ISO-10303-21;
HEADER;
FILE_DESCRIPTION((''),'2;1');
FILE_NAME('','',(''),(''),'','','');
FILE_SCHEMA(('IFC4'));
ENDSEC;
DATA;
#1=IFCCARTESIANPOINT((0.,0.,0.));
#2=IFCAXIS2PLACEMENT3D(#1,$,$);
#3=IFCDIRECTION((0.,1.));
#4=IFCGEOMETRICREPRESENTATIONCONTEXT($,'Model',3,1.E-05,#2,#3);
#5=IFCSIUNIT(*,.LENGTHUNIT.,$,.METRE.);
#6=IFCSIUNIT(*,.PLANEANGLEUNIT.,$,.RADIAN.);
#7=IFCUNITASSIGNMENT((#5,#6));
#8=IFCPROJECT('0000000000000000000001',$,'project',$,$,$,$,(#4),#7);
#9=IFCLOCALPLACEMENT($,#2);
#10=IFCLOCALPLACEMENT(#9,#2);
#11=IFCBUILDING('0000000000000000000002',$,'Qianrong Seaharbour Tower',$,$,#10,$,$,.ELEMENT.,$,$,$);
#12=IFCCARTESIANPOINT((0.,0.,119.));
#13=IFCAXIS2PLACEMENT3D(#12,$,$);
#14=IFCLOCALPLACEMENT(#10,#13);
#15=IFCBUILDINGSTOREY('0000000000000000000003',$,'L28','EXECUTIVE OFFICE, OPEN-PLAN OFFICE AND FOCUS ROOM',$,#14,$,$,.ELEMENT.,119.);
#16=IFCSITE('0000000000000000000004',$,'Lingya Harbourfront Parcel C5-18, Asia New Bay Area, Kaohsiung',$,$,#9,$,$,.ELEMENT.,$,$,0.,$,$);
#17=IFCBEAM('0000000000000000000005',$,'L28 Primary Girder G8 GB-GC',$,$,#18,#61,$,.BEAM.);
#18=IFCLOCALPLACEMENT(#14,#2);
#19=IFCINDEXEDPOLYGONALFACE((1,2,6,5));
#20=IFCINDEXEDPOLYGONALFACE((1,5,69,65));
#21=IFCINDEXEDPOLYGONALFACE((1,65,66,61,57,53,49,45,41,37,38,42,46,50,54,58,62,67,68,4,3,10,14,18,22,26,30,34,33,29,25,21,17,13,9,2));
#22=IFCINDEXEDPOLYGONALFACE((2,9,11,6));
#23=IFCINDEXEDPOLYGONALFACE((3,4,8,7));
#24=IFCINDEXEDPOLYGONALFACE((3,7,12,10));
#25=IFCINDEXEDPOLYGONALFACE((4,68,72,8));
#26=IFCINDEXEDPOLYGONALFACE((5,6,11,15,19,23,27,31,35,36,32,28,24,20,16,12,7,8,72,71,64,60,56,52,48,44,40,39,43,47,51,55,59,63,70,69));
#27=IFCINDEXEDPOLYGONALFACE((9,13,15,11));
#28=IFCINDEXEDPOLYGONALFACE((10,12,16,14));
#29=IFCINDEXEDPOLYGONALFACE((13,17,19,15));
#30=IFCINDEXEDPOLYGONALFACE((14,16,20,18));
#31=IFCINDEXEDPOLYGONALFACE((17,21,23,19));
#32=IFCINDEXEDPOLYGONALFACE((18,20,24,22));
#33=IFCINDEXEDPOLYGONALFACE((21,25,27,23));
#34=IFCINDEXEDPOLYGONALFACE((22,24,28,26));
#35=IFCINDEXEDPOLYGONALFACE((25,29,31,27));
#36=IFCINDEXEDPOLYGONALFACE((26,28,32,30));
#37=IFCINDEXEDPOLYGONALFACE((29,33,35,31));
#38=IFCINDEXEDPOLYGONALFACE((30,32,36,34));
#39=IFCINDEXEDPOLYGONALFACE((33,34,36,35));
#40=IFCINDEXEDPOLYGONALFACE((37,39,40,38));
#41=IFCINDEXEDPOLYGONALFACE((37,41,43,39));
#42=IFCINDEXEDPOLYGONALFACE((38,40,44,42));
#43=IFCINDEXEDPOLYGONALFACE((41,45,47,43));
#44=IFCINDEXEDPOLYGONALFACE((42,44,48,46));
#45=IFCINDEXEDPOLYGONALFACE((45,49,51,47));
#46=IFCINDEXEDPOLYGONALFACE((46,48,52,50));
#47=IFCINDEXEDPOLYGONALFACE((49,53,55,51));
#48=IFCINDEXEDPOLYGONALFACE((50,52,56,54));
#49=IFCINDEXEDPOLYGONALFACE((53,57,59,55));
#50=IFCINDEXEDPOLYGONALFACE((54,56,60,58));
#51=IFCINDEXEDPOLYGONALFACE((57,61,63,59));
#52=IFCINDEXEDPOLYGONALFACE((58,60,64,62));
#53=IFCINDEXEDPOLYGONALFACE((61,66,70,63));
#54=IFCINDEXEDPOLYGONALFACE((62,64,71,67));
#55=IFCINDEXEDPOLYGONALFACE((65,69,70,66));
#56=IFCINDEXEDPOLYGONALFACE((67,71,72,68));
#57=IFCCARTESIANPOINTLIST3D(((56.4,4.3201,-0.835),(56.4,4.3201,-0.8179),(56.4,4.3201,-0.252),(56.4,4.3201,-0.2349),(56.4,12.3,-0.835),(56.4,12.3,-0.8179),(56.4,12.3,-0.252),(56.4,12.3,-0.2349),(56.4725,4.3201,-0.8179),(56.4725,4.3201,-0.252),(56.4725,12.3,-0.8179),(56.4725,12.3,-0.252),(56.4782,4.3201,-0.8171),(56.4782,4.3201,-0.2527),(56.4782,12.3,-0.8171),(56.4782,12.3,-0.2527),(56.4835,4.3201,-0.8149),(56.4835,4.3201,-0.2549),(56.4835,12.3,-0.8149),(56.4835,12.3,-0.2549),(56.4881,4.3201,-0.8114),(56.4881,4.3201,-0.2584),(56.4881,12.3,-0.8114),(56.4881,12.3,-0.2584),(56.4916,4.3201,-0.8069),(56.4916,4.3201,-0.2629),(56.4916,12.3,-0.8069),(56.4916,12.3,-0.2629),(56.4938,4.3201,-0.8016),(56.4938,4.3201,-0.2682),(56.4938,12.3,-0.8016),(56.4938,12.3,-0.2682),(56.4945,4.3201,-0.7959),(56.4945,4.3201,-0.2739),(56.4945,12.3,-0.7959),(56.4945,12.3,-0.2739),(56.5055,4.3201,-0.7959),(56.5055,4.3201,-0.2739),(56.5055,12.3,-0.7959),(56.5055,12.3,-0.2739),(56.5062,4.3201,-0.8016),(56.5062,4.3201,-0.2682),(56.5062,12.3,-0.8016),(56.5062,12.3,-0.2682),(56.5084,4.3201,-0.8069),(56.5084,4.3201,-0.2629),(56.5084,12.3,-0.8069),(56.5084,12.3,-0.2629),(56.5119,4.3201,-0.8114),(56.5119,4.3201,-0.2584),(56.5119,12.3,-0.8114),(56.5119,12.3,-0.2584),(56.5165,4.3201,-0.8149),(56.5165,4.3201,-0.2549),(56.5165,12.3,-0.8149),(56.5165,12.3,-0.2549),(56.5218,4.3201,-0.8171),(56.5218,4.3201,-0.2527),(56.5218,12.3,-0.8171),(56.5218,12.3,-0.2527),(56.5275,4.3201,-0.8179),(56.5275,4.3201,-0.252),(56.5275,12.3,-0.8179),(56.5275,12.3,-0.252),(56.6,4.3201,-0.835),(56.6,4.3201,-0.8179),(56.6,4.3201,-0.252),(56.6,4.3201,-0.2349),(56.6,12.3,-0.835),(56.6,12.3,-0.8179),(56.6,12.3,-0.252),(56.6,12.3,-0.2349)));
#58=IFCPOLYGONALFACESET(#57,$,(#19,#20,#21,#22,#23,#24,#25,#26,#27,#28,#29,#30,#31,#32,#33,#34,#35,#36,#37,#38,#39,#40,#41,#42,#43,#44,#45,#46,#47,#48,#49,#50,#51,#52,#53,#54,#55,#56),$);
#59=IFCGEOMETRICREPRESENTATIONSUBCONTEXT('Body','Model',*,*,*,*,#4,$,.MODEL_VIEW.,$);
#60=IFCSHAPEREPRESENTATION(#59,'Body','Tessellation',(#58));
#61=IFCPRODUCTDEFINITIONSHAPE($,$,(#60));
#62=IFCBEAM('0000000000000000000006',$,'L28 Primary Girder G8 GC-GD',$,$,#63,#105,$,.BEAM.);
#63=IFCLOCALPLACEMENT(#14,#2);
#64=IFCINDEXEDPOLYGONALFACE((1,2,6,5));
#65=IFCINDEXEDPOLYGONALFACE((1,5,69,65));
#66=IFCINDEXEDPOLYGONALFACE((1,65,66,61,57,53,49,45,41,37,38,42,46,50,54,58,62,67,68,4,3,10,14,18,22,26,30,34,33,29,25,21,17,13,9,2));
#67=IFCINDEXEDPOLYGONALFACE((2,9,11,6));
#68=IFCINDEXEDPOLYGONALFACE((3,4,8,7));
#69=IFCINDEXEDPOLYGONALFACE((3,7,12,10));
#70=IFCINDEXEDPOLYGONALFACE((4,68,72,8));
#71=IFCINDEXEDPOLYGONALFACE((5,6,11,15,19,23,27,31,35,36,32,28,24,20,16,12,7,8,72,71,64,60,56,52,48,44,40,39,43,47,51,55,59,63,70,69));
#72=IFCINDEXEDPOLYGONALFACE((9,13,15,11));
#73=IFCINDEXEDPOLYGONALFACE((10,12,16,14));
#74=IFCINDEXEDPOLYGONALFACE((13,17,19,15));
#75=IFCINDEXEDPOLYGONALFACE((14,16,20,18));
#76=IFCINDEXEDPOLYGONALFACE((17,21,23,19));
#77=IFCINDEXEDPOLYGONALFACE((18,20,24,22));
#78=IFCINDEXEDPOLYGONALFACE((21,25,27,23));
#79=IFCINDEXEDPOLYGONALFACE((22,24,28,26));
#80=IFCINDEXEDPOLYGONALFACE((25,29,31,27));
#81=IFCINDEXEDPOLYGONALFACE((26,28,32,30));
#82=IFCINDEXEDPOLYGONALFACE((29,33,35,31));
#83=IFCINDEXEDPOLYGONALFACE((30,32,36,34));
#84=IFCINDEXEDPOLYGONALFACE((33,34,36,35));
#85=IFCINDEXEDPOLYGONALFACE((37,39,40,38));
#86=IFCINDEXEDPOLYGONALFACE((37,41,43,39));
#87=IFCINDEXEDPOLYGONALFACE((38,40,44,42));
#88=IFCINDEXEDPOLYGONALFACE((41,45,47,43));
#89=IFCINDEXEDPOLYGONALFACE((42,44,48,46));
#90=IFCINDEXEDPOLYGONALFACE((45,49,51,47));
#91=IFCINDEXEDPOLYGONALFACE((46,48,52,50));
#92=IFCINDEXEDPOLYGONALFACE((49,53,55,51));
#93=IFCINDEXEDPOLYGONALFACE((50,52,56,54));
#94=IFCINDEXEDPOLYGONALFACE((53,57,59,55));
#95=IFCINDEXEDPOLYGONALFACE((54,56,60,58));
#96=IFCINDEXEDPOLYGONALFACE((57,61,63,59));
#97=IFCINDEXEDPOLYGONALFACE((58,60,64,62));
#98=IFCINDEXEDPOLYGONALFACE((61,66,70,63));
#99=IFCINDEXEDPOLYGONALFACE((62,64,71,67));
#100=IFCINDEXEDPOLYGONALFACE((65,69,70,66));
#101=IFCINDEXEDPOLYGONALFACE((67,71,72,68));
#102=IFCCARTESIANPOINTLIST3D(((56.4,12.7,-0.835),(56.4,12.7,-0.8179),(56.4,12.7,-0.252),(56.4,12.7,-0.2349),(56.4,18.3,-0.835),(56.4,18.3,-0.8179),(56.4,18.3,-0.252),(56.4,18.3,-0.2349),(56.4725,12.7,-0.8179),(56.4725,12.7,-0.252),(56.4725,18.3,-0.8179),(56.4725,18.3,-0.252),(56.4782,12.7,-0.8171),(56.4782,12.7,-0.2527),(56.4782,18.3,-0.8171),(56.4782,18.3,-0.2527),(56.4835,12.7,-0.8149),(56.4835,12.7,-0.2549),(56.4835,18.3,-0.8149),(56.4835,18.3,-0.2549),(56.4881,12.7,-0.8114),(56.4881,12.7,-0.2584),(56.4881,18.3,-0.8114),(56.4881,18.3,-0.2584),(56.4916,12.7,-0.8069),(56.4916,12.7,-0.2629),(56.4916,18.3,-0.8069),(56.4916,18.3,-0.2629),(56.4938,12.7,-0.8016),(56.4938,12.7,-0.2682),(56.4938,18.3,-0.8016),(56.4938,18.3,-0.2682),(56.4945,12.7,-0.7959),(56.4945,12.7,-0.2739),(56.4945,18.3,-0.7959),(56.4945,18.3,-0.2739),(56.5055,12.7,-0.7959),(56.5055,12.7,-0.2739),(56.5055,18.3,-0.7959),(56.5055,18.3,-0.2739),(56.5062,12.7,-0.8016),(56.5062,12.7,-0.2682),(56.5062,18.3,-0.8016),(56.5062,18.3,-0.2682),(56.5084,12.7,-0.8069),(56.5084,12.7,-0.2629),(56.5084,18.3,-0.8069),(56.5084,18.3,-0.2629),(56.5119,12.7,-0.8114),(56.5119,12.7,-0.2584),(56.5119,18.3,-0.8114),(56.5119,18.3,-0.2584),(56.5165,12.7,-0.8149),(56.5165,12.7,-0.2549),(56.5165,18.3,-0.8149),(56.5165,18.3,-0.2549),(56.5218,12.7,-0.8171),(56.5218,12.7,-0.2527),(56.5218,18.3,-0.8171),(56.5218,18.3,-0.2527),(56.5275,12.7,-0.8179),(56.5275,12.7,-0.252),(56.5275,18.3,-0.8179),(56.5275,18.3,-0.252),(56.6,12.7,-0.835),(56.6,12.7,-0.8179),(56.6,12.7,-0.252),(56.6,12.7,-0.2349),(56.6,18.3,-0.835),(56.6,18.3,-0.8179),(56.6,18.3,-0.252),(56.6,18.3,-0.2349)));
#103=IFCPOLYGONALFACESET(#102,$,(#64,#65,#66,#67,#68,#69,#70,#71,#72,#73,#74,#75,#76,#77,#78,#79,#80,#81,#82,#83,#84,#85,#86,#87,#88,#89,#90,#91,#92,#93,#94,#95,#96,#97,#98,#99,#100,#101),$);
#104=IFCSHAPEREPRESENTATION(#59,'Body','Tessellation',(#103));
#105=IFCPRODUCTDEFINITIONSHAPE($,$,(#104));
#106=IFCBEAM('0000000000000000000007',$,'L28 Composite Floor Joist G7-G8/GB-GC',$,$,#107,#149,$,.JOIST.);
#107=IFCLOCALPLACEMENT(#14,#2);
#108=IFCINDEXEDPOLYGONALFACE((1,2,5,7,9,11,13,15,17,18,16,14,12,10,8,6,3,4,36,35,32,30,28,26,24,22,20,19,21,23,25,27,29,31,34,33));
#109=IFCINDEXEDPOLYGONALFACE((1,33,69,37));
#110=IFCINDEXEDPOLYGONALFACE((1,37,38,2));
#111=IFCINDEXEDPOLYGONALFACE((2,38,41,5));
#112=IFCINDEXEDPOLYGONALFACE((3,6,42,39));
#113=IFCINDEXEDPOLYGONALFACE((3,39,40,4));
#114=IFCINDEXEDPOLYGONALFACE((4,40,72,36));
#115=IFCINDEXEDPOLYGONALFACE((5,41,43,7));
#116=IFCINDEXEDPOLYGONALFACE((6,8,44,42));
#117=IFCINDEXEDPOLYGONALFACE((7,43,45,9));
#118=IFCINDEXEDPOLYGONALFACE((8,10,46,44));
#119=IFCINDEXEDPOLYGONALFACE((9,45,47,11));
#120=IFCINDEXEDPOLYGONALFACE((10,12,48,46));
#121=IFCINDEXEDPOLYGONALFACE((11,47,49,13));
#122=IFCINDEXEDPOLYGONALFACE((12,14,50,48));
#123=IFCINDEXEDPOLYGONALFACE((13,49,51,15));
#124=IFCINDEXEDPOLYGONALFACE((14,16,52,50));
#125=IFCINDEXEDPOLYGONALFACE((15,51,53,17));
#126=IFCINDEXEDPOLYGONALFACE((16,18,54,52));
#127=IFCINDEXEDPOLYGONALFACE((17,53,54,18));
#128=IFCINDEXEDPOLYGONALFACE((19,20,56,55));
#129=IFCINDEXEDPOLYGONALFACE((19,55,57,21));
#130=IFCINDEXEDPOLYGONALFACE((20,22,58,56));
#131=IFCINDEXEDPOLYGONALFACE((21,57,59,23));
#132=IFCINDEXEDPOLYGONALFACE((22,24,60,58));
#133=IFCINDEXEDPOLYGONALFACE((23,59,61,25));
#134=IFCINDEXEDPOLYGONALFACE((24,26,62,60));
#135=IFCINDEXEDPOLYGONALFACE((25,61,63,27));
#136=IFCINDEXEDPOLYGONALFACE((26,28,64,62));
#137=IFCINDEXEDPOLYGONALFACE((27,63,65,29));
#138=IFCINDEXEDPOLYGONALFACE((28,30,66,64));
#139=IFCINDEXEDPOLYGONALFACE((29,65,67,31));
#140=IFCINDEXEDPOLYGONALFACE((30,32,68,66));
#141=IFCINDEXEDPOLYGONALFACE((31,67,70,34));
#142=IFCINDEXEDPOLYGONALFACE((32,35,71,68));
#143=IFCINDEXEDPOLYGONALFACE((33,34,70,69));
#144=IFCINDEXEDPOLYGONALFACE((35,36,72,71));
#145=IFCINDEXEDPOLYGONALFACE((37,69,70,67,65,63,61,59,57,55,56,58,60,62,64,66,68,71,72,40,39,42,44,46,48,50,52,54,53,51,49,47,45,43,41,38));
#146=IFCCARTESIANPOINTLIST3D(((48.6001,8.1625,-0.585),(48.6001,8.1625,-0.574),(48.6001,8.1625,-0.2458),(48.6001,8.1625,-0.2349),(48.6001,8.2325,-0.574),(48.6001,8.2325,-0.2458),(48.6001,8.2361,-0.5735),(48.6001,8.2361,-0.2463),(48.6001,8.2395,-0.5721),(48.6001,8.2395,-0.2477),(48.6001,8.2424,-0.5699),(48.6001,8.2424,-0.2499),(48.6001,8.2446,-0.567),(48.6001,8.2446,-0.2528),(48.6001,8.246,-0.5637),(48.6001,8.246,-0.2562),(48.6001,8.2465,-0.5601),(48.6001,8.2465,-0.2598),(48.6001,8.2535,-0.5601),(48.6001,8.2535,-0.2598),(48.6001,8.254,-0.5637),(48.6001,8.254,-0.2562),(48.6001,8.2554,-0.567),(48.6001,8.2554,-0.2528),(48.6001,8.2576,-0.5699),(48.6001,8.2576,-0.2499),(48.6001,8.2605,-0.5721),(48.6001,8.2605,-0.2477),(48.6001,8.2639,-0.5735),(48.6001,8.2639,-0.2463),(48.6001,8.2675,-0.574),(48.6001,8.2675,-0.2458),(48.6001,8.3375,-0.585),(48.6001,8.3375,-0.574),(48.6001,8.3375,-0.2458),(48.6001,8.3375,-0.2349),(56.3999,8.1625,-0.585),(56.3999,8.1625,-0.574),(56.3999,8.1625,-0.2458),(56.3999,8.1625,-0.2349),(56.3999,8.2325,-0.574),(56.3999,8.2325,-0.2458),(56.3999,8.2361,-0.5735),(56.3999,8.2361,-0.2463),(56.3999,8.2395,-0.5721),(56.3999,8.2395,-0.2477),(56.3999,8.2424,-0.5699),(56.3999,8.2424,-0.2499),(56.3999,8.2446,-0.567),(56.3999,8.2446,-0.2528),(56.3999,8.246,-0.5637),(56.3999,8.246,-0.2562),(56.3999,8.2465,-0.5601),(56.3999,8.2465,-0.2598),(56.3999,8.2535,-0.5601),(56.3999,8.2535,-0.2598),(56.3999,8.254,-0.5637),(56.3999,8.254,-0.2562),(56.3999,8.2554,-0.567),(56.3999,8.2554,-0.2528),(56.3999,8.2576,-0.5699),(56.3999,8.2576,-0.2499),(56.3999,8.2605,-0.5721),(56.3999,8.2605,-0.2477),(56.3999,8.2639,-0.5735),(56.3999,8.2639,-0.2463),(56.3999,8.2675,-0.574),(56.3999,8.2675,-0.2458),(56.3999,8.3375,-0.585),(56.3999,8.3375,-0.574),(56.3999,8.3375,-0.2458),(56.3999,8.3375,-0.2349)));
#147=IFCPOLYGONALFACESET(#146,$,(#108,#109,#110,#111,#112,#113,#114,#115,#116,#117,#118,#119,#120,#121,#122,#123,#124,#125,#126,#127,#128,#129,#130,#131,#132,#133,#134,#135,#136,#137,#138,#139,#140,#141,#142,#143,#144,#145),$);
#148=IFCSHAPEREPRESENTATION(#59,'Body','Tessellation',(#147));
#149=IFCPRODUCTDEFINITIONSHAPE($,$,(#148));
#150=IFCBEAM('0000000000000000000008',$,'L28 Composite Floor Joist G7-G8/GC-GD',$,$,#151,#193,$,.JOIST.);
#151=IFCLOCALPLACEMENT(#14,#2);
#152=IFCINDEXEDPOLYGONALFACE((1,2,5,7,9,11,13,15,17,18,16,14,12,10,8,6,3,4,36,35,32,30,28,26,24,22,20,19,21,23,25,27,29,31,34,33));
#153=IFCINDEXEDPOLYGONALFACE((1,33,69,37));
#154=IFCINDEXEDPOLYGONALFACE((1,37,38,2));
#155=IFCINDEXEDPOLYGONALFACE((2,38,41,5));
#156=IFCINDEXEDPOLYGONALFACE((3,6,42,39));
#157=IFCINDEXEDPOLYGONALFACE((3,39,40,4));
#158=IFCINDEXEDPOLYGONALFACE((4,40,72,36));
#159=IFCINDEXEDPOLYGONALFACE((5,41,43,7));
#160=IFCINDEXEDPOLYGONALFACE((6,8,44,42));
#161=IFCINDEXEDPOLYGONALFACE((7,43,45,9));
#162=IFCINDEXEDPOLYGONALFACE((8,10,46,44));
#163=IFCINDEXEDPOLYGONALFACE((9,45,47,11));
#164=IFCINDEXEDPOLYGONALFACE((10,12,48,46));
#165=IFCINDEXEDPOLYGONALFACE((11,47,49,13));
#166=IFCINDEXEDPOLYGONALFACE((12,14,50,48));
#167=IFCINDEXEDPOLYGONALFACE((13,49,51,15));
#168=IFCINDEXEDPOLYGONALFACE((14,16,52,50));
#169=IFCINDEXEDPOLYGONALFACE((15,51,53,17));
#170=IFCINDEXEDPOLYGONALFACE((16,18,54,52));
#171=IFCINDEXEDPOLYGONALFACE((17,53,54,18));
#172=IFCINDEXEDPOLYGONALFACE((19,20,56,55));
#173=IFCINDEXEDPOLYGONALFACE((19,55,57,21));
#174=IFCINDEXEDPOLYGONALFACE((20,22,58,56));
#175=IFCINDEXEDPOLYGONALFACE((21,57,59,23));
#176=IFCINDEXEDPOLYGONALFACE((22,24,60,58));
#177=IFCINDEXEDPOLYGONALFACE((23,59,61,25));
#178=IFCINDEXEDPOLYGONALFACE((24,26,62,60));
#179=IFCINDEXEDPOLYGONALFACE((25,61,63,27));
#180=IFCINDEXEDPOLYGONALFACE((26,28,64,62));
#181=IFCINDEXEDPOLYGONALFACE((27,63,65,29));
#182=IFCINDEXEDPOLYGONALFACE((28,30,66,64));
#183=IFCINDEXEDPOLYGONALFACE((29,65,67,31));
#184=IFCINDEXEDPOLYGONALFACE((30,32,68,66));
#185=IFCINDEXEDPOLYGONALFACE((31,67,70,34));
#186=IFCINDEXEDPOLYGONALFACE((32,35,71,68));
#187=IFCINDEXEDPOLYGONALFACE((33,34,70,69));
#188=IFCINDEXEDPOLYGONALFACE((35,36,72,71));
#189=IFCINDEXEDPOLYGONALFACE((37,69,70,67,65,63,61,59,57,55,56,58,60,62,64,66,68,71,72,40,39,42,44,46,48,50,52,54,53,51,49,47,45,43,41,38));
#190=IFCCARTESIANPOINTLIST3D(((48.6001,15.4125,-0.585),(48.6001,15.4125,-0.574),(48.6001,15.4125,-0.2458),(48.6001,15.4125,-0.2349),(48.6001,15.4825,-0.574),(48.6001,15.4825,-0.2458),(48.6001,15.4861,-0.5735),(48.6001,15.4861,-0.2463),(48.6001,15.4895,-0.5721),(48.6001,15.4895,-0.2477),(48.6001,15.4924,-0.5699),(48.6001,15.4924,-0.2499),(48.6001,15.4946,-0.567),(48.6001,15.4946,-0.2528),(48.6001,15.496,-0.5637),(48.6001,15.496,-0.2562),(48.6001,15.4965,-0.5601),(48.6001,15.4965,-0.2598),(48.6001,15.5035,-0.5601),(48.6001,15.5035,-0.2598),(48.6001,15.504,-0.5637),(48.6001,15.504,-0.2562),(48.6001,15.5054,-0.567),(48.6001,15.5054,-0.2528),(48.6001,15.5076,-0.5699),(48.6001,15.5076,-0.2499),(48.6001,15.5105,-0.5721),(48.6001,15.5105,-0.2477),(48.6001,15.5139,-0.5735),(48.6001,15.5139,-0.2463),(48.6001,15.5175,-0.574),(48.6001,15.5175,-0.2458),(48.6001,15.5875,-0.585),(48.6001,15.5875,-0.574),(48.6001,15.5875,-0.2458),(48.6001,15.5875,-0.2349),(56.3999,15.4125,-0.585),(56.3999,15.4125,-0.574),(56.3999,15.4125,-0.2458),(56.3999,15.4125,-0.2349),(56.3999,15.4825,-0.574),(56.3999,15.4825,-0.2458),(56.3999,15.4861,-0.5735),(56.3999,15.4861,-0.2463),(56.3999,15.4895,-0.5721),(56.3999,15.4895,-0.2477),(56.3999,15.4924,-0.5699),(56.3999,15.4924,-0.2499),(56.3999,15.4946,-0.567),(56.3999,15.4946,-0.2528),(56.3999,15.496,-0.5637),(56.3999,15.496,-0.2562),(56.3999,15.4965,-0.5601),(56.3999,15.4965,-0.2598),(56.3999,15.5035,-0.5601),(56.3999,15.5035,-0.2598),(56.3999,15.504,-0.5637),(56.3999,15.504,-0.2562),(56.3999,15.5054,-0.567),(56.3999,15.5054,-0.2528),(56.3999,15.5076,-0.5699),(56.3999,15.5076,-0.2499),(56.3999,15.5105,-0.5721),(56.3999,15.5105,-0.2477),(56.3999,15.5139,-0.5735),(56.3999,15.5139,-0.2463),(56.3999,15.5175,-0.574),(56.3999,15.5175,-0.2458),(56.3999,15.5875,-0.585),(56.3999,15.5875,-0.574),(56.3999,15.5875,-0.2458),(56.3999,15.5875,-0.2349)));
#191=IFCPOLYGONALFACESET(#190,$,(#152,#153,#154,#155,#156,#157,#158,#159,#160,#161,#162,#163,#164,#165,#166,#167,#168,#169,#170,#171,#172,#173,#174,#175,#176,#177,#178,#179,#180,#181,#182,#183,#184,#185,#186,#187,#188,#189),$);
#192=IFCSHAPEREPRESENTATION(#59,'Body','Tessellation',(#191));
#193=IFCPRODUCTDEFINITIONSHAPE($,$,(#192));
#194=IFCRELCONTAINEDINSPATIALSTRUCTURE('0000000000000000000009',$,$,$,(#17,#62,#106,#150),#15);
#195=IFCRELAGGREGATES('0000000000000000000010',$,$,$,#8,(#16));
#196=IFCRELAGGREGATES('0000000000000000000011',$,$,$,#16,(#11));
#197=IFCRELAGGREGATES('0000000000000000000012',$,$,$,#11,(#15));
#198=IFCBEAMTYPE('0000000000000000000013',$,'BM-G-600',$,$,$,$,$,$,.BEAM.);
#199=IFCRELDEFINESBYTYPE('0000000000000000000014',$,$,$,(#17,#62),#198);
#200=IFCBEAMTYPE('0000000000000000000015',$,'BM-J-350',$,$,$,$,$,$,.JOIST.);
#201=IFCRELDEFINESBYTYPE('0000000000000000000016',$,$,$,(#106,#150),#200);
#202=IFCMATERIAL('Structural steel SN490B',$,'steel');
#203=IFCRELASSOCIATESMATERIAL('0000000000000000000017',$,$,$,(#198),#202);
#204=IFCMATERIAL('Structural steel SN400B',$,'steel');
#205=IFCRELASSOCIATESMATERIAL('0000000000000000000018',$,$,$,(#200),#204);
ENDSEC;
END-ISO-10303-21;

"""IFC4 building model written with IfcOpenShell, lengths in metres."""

from ifc_helpers import new_model, si_unit, direction, frame, origin, origin_2d, place, context, subcontext, project, spatial, i_section, extrude, material, material_profile, profile_set, type_object, element, save


model = new_model("IFC4")

# Units and contexts
model_context = context("Model", 3, precision=1e-05, world=origin(), true_north=direction((0.0, 1.0)))
body_context = subcontext(model_context, "Body", "Model", "MODEL_VIEW")
ifc_project = project(units=[si_unit("LENGTHUNIT", "METRE"), si_unit("PLANEANGLEUNIT", "RADIAN")], contexts=[model_context])

# Site, building, storey
site_placement = place(None, origin())
site = spatial("IfcSite", under=ifc_project, at=site_placement, Name="Lingya Harbourfront Parcel C5-18, Asia New Bay Area, Kaohsiung", CompositionType="ELEMENT", RefElevation=0.0)
building_placement = place(site_placement, origin())
building = spatial("IfcBuilding", under=site, at=building_placement, Name="Qianrong Seaharbour Tower", CompositionType="ELEMENT")
storey_placement = place(building_placement, frame((0.0, 0.0, 119.0)))
storey = spatial("IfcBuildingStorey", under=building, at=storey_placement, Name="L28", Description="EXECUTIVE OFFICE, OPEN-PLAN OFFICE AND FOCUS ROOM", CompositionType="ELEMENT", Elevation=119.0)

# Shared definitions
ifc_material_1 = material(Name="Structural steel SN490B", Category="steel")

# Beams
ifc_material_profile_1 = material_profile(ifc_material_1, i_section(OverallWidth=0.2, OverallDepth=0.6001, WebThickness=0.011, FlangeThickness=0.0171, FilletRadius=0.022, at=origin_2d()), Name="H600x200x11x17")
ifc_profile_set_1 = profile_set([ifc_material_profile_1], Name="Structural steel SN490B")
beam_type_1 = type_object("IfcBeamType", Name="BM-G-600", PredefinedType="BEAM", material=ifc_profile_set_1)
beam_1_placement = place(storey_placement, frame((56.5, 4.3201, -0.5349), z_axis=(0.0, 1.0, 0.0), x_axis=(-1.0, 0.0, 0.0)))
element("IfcBeam", 1, at=beam_1_placement, inside=storey, type_object=beam_type_1, Name="L28 Primary Girder G8 GB-GC", PredefinedType="BEAM", context=body_context, shape_type="SweptSolid", body=[
    extrude(i_section(OverallWidth=0.2, OverallDepth=0.6001, WebThickness=0.011, FlangeThickness=0.0171, FilletRadius=0.022, at=origin_2d()), origin(), (0.0, 0.0, 1.0), 7.98),
])
beam_2_placement = place(storey_placement, frame((56.5, 12.7, -0.5349), z_axis=(0.0, 1.0, 0.0), x_axis=(-1.0, 0.0, 0.0)))
element("IfcBeam", 2, at=beam_2_placement, inside=storey, type_object=beam_type_1, Name="L28 Primary Girder G8 GC-GD", PredefinedType="BEAM", context=body_context, shape_type="SweptSolid", body=[
    extrude(i_section(OverallWidth=0.2, OverallDepth=0.6001, WebThickness=0.011, FlangeThickness=0.0171, FilletRadius=0.022, at=origin_2d()), origin(), (0.0, 0.0, 1.0), 5.6001),
])
ifc_material_2 = material(Name="Structural steel SN400B", Category="steel")
ifc_material_profile_2 = material_profile(ifc_material_2, i_section(OverallWidth=0.175, OverallDepth=0.3501, WebThickness=0.0071, FlangeThickness=0.011, FilletRadius=0.0139, at=origin_2d()), Name="H350x175x7x11")
ifc_profile_set_2 = profile_set([ifc_material_profile_2], Name="Structural steel SN400B")
beam_type_2 = type_object("IfcBeamType", Name="BM-J-350", PredefinedType="JOIST", material=ifc_profile_set_2)
for number, where, z_axis, x_axis, name in (
    (3, (48.6001, 8.25, -0.4099), (1.0, 0.0, 0.0), (0.0, 1.0, 0.0), "L28 Composite Floor Joist G7-G8/GB-GC"),
    (4, (48.6001, 15.5, -0.4099), (1.0, 0.0, 0.0), (0.0, 1.0, 0.0), "L28 Composite Floor Joist G7-G8/GC-GD"),
):
    element("IfcBeam", number, at=place(storey_placement, frame(where, z_axis=z_axis, x_axis=x_axis)), inside=storey, type_object=beam_type_2, Name=name, PredefinedType="JOIST", context=body_context, shape_type="SweptSolid", body=[
        extrude(i_section(OverallWidth=0.175, OverallDepth=0.3501, WebThickness=0.0071, FlangeThickness=0.011, FilletRadius=0.0139, at=origin_2d()), origin(), (0.0, 0.0, 1.0), 7.7998),
    ])

save(model, "model.ifc")
